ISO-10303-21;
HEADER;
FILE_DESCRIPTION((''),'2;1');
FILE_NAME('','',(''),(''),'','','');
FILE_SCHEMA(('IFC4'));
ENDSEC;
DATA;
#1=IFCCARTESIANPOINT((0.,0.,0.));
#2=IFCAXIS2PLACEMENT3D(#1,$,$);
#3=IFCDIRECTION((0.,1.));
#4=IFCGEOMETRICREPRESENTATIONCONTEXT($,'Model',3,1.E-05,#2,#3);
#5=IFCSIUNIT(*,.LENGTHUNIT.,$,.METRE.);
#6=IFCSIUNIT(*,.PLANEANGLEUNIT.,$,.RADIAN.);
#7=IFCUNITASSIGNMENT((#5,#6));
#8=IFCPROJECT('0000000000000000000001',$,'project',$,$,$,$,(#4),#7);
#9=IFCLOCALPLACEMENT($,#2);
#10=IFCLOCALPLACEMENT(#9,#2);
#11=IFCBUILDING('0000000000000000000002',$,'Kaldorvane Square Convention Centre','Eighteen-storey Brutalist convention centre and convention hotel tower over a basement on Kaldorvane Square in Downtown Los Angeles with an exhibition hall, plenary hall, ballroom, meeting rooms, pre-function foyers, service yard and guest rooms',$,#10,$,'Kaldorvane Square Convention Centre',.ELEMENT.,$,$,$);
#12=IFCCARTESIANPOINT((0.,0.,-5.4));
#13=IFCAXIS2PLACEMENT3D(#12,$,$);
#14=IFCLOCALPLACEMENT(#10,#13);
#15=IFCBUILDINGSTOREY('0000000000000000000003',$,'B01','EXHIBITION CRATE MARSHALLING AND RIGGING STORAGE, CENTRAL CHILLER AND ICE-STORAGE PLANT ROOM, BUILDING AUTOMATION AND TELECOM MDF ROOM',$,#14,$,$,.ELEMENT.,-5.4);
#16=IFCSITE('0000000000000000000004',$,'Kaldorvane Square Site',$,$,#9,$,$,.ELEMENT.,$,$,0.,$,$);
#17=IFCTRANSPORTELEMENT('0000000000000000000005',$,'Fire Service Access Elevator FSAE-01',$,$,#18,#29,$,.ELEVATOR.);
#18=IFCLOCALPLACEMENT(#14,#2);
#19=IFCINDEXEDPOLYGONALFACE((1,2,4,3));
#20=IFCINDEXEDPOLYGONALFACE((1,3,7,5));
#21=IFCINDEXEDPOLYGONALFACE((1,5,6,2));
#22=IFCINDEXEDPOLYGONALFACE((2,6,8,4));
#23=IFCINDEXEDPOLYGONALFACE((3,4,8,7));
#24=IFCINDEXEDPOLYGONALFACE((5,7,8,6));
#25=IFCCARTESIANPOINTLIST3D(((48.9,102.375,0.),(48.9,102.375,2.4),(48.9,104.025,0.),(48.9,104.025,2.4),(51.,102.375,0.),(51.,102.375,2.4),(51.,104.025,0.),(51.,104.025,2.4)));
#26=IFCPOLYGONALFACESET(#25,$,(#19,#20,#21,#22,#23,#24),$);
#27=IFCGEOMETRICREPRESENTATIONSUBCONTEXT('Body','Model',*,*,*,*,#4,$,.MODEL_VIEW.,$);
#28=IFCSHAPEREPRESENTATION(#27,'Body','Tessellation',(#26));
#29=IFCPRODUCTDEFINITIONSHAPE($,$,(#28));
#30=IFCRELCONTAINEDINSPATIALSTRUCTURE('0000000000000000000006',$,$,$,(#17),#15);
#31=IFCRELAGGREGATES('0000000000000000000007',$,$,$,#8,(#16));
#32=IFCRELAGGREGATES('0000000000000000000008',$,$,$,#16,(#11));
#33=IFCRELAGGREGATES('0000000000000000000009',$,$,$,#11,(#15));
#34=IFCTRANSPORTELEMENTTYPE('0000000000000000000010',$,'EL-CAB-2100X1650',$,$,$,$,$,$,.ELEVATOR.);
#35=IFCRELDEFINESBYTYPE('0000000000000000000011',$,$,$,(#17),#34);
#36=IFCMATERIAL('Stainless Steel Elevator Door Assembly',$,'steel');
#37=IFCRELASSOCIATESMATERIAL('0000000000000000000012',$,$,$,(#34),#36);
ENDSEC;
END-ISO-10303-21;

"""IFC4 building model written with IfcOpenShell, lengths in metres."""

from ifc_helpers import new_model, si_unit, direction, frame, origin, origin_2d, place, context, subcontext, project, spatial, rectangle, extrude, material, type_object, element, save


model = new_model("IFC4")

# Units and contexts
model_context = context("Model", 3, precision=1e-05, world=origin(), true_north=direction((0.0, 1.0)))
body_context = subcontext(model_context, "Body", "Model", "MODEL_VIEW")
ifc_project = project(units=[si_unit("LENGTHUNIT", "METRE"), si_unit("PLANEANGLEUNIT", "RADIAN")], contexts=[model_context])

# Site, building, storey
site_placement = place(None, origin())
site = spatial("IfcSite", under=ifc_project, at=site_placement, Name="Kaldorvane Square Site", CompositionType="ELEMENT", RefElevation=0.0)
building_placement = place(site_placement, origin())
building = spatial("IfcBuilding", under=site, at=building_placement, Name="Kaldorvane Square Convention Centre", Description="Eighteen-storey Brutalist convention centre and convention hotel tower over a basement on Kaldorvane Square in Downtown Los Angeles with an exhibition hall, plenary hall, ballroom, meeting rooms, pre-function foyers, service yard and guest rooms", LongName="Kaldorvane Square Convention Centre", CompositionType="ELEMENT")
storey_placement = place(building_placement, frame((0.0, 0.0, -5.4)))
storey = spatial("IfcBuildingStorey", under=building, at=storey_placement, Name="B01", Description="EXHIBITION CRATE MARSHALLING AND RIGGING STORAGE, CENTRAL CHILLER AND ICE-STORAGE PLANT ROOM, BUILDING AUTOMATION AND TELECOM MDF ROOM", CompositionType="ELEMENT", Elevation=-5.4)

# Shared definitions
ifc_material_1 = material(Name="Stainless Steel Elevator Door Assembly", Category="steel")

# Transport element
transport_element_type_1 = type_object("IfcTransportElementType", Name="EL-CAB-2100X1650", PredefinedType="ELEVATOR", material=ifc_material_1)
transport_element_1_placement = place(storey_placement, frame((49.95, 103.2, 0.0)))
element("IfcTransportElement", 1, at=transport_element_1_placement, inside=storey, type_object=transport_element_type_1, Name="Fire Service Access Elevator FSAE-01", PredefinedType="ELEVATOR", context=body_context, shape_type="SweptSolid", body=[
    extrude(rectangle(XDim=2.1, YDim=1.65, at=origin_2d()), origin(), (0.0, 0.0, 1.0), 2.4),
])

save(model, "model.ifc")
